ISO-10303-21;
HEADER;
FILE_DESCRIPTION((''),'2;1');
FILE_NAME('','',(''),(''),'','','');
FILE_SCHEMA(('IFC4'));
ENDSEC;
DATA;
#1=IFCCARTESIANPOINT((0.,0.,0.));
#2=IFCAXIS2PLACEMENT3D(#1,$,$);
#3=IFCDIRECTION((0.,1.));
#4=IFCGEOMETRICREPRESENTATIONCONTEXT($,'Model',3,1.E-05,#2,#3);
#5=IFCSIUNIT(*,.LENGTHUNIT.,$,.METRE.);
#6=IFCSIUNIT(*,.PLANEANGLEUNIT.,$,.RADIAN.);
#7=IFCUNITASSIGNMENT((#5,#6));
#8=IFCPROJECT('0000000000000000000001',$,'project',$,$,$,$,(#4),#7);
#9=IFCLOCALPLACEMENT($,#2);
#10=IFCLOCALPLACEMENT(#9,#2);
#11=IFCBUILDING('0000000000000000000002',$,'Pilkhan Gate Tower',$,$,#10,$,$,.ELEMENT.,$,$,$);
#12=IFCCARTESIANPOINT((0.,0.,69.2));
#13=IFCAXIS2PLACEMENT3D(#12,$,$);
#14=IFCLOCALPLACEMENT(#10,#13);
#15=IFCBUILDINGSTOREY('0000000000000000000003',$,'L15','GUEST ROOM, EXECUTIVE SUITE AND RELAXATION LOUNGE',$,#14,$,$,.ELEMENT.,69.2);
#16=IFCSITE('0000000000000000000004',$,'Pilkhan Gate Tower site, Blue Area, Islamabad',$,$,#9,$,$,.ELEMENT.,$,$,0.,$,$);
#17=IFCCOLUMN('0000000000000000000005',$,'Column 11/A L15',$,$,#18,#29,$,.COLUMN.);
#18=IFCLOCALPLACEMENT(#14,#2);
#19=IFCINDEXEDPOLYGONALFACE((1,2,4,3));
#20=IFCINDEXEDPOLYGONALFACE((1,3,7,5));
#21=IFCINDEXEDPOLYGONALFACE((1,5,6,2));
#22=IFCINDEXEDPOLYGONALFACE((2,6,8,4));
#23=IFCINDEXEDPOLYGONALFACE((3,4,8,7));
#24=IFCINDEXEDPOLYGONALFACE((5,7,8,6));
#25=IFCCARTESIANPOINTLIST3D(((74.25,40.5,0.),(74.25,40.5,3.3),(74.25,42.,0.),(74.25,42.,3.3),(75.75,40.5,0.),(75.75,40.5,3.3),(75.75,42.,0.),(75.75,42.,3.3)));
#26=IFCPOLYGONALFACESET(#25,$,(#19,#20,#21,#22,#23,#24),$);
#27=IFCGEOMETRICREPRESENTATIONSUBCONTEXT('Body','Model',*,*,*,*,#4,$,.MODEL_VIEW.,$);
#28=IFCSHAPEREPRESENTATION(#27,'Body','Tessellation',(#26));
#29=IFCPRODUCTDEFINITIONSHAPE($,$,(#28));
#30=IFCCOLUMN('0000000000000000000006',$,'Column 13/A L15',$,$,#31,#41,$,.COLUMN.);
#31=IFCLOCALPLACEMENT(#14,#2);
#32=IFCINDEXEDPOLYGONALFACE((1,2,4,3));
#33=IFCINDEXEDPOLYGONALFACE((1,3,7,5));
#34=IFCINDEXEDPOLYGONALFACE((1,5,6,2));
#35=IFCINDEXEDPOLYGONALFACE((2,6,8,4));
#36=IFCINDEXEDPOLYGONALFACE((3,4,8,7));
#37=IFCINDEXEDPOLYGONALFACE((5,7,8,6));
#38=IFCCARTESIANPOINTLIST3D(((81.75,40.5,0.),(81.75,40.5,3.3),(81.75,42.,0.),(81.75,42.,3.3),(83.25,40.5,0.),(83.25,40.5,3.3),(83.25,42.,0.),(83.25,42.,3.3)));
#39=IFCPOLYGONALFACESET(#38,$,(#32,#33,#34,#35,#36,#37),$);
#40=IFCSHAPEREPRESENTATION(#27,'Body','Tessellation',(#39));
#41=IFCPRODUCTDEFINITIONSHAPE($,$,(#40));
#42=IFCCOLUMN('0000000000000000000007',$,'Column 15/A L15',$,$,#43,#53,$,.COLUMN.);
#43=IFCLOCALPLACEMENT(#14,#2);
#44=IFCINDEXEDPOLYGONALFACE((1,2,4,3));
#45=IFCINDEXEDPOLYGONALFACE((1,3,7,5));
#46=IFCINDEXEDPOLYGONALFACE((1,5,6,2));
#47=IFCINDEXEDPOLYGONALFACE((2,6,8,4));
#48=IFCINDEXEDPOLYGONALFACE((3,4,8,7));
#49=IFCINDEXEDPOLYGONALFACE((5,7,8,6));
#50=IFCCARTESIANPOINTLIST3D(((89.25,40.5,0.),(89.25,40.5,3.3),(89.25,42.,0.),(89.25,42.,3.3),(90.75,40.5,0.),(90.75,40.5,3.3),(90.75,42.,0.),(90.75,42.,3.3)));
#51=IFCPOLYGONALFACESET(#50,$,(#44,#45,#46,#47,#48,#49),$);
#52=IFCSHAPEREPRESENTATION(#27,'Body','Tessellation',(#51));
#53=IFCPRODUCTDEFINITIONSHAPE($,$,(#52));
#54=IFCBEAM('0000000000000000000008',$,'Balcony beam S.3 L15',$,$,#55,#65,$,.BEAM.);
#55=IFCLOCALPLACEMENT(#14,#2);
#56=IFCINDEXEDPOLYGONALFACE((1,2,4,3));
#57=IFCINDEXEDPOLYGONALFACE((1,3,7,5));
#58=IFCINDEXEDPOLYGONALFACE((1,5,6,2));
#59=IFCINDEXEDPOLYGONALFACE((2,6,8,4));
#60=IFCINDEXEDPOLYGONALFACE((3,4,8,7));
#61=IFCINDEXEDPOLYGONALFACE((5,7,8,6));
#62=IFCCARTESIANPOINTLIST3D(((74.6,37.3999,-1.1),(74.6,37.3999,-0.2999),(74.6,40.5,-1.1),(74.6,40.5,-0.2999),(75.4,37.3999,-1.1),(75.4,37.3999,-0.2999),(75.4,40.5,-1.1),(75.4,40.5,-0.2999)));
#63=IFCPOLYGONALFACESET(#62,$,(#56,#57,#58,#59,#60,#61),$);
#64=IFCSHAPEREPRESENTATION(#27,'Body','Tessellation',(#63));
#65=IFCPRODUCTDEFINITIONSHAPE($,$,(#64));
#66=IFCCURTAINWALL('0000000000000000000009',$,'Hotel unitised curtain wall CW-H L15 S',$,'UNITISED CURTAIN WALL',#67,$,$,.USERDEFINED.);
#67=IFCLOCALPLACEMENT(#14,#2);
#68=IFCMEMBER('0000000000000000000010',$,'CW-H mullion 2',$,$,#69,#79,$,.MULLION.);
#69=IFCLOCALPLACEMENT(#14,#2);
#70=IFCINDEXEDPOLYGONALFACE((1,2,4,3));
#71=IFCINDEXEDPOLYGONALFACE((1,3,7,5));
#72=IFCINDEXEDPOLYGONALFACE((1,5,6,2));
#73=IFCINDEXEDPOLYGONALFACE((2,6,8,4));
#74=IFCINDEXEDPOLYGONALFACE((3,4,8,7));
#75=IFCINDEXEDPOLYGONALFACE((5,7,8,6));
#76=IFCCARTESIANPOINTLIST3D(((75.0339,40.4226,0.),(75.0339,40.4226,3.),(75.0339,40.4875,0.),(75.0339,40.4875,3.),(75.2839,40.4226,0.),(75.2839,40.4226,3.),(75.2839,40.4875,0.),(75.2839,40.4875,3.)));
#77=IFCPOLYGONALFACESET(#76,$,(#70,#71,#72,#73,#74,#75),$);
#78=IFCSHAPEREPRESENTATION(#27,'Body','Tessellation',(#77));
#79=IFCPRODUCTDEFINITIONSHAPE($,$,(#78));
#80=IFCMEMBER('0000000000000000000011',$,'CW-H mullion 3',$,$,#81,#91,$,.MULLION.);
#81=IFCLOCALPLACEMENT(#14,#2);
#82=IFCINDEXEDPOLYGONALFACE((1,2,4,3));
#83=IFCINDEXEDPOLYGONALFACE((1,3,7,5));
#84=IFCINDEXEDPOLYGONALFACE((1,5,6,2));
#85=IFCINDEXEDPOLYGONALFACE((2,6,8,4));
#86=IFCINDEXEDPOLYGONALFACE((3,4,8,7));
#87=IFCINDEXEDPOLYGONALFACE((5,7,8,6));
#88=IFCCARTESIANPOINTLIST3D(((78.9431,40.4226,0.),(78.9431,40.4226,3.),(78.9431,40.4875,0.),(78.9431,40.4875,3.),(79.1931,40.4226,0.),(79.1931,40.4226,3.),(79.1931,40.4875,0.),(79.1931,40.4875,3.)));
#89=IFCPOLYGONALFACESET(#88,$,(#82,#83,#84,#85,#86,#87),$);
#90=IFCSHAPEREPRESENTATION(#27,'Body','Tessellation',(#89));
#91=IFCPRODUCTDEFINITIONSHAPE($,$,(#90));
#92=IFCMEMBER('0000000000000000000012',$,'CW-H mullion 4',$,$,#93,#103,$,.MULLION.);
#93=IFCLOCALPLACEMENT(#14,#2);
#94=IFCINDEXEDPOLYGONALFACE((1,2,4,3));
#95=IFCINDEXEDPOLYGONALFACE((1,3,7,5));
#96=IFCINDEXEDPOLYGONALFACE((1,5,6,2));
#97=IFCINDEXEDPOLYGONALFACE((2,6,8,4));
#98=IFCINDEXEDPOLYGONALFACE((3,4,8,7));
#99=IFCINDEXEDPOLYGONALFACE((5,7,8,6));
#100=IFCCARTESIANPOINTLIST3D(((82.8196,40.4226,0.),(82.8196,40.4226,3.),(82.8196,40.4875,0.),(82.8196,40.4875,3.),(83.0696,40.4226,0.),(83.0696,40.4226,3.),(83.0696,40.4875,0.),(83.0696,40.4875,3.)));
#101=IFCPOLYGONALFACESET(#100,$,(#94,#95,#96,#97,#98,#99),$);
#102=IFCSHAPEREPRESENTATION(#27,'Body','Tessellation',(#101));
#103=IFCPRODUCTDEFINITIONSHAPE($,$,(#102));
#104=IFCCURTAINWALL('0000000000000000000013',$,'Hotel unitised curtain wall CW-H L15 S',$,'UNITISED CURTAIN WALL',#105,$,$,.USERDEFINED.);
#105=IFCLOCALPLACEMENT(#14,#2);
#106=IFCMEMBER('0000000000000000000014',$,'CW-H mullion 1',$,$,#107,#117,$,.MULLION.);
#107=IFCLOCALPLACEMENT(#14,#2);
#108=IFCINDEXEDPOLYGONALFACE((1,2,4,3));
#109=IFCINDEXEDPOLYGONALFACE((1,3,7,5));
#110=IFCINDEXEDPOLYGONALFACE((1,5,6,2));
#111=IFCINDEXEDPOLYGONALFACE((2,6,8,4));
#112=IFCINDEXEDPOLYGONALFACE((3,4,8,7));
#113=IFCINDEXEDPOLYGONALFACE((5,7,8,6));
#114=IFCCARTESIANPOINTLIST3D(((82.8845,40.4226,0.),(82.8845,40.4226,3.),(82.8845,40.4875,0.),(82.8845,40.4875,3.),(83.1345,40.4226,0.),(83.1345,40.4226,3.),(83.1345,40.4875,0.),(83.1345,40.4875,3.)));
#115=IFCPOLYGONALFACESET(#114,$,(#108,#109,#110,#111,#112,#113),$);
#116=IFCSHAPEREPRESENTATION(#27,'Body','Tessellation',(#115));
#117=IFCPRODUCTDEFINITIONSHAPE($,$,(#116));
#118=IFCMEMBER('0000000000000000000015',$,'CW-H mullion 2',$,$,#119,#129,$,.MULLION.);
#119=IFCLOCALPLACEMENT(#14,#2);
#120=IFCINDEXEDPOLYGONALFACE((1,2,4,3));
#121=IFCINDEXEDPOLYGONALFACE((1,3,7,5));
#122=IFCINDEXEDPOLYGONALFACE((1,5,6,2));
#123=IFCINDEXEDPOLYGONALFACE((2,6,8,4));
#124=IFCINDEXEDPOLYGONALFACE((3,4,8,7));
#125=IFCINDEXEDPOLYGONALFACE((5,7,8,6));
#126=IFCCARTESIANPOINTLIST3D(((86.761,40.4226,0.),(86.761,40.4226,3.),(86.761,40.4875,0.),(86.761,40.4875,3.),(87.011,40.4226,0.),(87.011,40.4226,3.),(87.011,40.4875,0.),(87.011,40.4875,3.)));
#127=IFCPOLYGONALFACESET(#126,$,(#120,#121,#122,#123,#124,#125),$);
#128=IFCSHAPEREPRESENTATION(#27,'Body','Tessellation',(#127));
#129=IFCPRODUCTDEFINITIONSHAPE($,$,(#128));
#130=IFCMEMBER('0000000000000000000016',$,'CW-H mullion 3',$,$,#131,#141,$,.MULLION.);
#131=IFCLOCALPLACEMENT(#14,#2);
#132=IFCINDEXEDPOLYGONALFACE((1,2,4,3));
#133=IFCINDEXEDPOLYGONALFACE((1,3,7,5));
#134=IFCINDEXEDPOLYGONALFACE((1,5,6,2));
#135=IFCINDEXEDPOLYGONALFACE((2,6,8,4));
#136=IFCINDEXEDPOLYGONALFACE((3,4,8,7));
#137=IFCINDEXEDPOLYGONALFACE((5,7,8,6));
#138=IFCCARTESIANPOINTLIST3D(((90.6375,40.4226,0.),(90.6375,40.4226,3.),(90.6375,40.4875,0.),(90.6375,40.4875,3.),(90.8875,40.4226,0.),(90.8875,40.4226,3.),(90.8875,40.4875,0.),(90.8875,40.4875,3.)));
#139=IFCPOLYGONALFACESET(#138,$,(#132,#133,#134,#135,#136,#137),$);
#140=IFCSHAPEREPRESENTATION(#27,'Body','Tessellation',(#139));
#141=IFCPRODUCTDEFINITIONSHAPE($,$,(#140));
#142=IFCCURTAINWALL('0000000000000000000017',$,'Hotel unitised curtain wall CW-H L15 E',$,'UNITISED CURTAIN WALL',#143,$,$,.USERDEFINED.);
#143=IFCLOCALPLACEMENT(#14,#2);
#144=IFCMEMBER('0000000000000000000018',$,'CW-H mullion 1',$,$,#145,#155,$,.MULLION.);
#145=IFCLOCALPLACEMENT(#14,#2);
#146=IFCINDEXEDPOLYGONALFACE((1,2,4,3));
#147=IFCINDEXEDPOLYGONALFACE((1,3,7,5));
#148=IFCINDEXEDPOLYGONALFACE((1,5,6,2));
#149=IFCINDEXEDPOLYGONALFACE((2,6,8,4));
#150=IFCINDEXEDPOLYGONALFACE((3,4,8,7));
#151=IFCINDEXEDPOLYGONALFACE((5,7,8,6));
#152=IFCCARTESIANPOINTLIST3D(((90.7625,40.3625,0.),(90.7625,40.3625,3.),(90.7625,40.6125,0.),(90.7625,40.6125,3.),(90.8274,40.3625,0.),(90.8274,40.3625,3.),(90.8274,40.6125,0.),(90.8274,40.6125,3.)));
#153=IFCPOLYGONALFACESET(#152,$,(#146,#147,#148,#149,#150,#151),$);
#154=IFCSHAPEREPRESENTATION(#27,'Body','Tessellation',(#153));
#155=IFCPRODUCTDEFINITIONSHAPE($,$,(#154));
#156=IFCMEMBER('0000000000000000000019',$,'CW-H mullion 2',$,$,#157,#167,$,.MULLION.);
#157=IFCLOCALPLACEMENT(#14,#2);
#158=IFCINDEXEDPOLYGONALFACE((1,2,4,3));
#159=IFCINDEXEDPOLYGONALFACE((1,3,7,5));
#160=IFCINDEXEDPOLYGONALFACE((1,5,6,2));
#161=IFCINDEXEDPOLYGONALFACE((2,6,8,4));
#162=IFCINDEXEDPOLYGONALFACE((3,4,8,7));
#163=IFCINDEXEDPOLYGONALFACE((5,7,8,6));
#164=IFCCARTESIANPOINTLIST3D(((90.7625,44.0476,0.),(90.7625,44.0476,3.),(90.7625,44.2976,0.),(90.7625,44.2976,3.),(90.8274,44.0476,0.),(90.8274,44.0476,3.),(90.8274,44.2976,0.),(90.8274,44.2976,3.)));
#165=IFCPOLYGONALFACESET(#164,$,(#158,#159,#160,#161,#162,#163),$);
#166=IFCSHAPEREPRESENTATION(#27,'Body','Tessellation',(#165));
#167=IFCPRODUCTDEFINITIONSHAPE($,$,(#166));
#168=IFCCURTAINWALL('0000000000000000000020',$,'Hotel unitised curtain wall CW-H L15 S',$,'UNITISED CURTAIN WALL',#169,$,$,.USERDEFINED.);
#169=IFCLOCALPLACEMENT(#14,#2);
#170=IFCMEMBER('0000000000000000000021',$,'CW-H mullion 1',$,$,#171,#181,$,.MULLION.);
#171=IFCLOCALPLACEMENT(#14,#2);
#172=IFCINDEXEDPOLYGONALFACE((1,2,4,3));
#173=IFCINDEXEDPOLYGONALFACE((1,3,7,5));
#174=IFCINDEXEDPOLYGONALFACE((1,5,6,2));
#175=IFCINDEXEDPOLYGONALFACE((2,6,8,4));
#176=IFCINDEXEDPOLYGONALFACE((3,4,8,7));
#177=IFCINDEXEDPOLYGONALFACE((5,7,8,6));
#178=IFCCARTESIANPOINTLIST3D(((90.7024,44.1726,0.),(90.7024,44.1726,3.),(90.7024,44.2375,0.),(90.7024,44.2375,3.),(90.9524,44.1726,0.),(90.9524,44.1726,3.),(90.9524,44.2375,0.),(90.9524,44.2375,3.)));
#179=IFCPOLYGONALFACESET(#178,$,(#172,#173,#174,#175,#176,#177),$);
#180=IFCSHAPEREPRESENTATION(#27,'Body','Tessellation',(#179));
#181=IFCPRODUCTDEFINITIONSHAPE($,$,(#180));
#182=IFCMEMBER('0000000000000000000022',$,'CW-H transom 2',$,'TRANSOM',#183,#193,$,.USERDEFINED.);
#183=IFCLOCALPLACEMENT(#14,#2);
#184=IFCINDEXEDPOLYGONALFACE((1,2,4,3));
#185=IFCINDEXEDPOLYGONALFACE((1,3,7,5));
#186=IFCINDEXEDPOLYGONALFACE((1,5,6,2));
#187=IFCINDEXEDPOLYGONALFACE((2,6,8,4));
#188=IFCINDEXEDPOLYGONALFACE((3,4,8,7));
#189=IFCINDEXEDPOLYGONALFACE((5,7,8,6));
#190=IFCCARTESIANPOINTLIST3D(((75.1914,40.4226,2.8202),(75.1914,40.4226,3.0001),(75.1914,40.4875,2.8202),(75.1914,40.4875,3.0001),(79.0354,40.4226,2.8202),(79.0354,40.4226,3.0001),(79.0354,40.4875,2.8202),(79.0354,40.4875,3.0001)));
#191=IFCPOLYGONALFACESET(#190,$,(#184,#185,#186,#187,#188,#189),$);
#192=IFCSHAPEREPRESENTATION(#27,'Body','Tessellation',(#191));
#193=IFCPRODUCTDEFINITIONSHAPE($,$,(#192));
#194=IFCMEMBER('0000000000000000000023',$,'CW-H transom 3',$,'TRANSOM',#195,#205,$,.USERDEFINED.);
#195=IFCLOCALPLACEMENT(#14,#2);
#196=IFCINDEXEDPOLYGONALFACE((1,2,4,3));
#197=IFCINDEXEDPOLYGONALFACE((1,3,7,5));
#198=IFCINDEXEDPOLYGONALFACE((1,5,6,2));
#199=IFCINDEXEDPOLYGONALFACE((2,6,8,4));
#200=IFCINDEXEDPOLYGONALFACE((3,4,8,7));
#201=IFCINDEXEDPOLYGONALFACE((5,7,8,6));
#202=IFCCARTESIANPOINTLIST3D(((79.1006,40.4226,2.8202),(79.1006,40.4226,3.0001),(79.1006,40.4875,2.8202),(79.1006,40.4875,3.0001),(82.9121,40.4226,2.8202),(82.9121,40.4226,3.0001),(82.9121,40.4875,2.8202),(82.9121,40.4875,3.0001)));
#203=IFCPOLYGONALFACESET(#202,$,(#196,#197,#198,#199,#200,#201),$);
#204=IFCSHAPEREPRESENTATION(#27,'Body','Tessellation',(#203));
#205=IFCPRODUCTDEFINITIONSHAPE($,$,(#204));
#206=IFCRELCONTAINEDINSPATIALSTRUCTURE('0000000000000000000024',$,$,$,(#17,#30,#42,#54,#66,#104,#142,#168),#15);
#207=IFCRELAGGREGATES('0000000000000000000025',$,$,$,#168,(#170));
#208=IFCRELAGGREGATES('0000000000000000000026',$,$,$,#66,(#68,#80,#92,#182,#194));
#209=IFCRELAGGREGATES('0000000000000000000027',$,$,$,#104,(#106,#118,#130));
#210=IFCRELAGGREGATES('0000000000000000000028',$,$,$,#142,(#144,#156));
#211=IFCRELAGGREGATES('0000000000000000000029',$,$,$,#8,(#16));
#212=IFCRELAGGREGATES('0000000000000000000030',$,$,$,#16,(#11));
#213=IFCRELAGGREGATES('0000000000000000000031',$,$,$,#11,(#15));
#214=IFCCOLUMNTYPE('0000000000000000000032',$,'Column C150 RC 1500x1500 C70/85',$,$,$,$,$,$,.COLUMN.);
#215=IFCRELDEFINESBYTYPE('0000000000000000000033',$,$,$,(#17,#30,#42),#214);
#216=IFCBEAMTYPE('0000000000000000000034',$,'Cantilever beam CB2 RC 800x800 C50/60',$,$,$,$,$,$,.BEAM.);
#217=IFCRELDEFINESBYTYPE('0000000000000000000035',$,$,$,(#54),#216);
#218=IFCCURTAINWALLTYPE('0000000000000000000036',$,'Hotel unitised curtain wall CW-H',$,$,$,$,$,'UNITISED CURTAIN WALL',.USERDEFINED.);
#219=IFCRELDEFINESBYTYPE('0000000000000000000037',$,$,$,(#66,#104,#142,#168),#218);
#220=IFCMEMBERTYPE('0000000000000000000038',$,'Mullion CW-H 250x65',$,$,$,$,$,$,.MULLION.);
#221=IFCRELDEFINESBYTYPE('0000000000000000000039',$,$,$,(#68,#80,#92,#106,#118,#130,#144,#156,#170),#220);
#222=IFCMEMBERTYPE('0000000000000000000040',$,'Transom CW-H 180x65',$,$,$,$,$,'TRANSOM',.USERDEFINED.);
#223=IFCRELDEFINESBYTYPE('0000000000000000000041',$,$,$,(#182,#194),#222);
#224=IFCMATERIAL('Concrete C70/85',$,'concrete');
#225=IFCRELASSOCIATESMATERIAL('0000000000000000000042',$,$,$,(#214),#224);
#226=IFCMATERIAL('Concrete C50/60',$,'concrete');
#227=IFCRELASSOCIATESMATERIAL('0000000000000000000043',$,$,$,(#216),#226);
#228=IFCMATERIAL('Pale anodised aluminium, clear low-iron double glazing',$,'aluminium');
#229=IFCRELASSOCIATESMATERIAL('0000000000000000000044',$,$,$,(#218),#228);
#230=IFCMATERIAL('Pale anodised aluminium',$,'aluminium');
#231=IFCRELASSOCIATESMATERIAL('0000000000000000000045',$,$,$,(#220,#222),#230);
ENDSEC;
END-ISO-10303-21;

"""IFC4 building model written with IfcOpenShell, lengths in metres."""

from ifc_helpers import new_model, si_unit, direction, frame, origin, origin_2d, place, context, subcontext, project, spatial, rectangle, extrude, material, material_profile, profile_set, type_object, element, aggregate, save


model = new_model("IFC4")

# Units and contexts
model_context = context("Model", 3, precision=1e-05, world=origin(), true_north=direction((0.0, 1.0)))
body_context = subcontext(model_context, "Body", "Model", "MODEL_VIEW")
ifc_project = project(units=[si_unit("LENGTHUNIT", "METRE"), si_unit("PLANEANGLEUNIT", "RADIAN")], contexts=[model_context])

# Site, building, storey
site_placement = place(None, origin())
site = spatial("IfcSite", under=ifc_project, at=site_placement, Name="Pilkhan Gate Tower site, Blue Area, Islamabad", CompositionType="ELEMENT", RefElevation=0.0)
building_placement = place(site_placement, origin())
building = spatial("IfcBuilding", under=site, at=building_placement, Name="Pilkhan Gate Tower", CompositionType="ELEMENT")
storey_placement = place(building_placement, frame((0.0, 0.0, 69.2)))
storey = spatial("IfcBuildingStorey", under=building, at=storey_placement, Name="L15", Description="GUEST ROOM, EXECUTIVE SUITE AND RELAXATION LOUNGE", CompositionType="ELEMENT", Elevation=69.2)

# Columns
ifc_material_1 = material(Name="Concrete C70/85", Category="concrete")
ifc_material_profile_1 = material_profile(ifc_material_1, rectangle(XDim=1.5, YDim=1.5, at=origin_2d()), Name="RC 1500x1500")
ifc_profile_set_1 = profile_set([ifc_material_profile_1], Name="Concrete C70/85")
column_type = type_object("IfcColumnType", Name="Column C150 RC 1500x1500 C70/85", PredefinedType="COLUMN", material=ifc_profile_set_1)
for number, where, z_axis, x_axis, name in (
    (1, (75.0, 41.25, 0.0), (0.0, 0.0, 1.0), (1.0, 0.0, 0.0), "Column 11/A L15"),
    (2, (82.5, 41.25, 0.0), (0.0, 0.0, 1.0), (1.0, 0.0, 0.0), "Column 13/A L15"),
    (3, (90.0, 41.25, 0.0), (0.0, 0.0, 1.0), (1.0, 0.0, 0.0), "Column 15/A L15"),
):
    element("IfcColumn", number, at=place(storey_placement, frame(where, z_axis=z_axis, x_axis=x_axis)), inside=storey, type_object=column_type, Name=name, PredefinedType="COLUMN", context=body_context, shape_type="SweptSolid", body=[
        extrude(rectangle(XDim=1.5, YDim=1.5, at=origin_2d()), origin(), (0.0, 0.0, 1.0), 3.3),
    ])

# Beam
ifc_material_2 = material(Name="Concrete C50/60", Category="concrete")
ifc_material_profile_2 = material_profile(ifc_material_2, rectangle(XDim=0.8, YDim=0.8, at=origin_2d()), Name="RC 800x800")
ifc_profile_set_2 = profile_set([ifc_material_profile_2], Name="Concrete C50/60")
beam_type = type_object("IfcBeamType", Name="Cantilever beam CB2 RC 800x800 C50/60", PredefinedType="BEAM", material=ifc_profile_set_2)
beam_placement = place(storey_placement, frame((75.0, 40.5, -0.7), z_axis=(0.0, -1.0, 0.0), x_axis=(1.0, 0.0, 0.0)))
element("IfcBeam", 4, at=beam_placement, inside=storey, type_object=beam_type, Name="Balcony beam S.3 L15", PredefinedType="BEAM", context=body_context, shape_type="SweptSolid", body=[
    extrude(rectangle(XDim=0.8, YDim=0.8, at=origin_2d()), origin(), (0.0, 0.0, 1.0), 3.1001),
])

# Curtain walls, members
ifc_material_3 = material(Name="Pale anodised aluminium, clear low-iron double glazing", Category="aluminium")
curtain_wall_type = type_object("IfcCurtainWallType", Name="Hotel unitised curtain wall CW-H", ElementType="UNITISED CURTAIN WALL", PredefinedType="USERDEFINED", material=ifc_material_3)
curtain_wall_1_placement = place(storey_placement, origin())
curtain_wall_1 = element("IfcCurtainWall", 5, at=curtain_wall_1_placement, inside=storey, type_object=curtain_wall_type, Name="Hotel unitised curtain wall CW-H L15 S", ObjectType="UNITISED CURTAIN WALL", PredefinedType="USERDEFINED")
ifc_material_4 = material(Name="Pale anodised aluminium", Category="aluminium")
ifc_material_profile_3 = material_profile(ifc_material_4, rectangle(XDim=0.0649, YDim=0.25, at=origin_2d()), Name="Mullion 250x65")
ifc_profile_set_3 = profile_set([ifc_material_profile_3], Name="Pale anodised aluminium")
member_type_1 = type_object("IfcMemberType", Name="Mullion CW-H 250x65", PredefinedType="MULLION", material=ifc_profile_set_3)
member_1_placement = place(storey_placement, frame((75.1589, 40.4551, 0.0), z_axis=(0.0, 0.0, 1.0), x_axis=(0.0, 1.0, 0.0)))
member_1 = element("IfcMember", 6, at=member_1_placement, type_object=member_type_1, Name="CW-H mullion 2", PredefinedType="MULLION", context=body_context, shape_type="SweptSolid", body=[
    extrude(rectangle(XDim=0.0649, YDim=0.25, at=origin_2d()), origin(), (0.0, 0.0, 1.0), 3.0),
])
member_2_placement = place(storey_placement, frame((79.0681, 40.4551, 0.0), z_axis=(0.0, 0.0, 1.0), x_axis=(0.0, 1.0, 0.0)))
member_2 = element("IfcMember", 7, at=member_2_placement, type_object=member_type_1, Name="CW-H mullion 3", PredefinedType="MULLION", context=body_context, shape_type="SweptSolid", body=[
    extrude(rectangle(XDim=0.0649, YDim=0.25, at=origin_2d()), origin(), (0.0, 0.0, 1.0), 3.0),
])
member_3_placement = place(storey_placement, frame((82.9446, 40.4551, 0.0), z_axis=(0.0, 0.0, 1.0), x_axis=(0.0, 1.0, 0.0)))
member_3 = element("IfcMember", 8, at=member_3_placement, type_object=member_type_1, Name="CW-H mullion 4", PredefinedType="MULLION", context=body_context, shape_type="SweptSolid", body=[
    extrude(rectangle(XDim=0.0649, YDim=0.25, at=origin_2d()), origin(), (0.0, 0.0, 1.0), 3.0),
])
curtain_wall_2_placement = place(storey_placement, origin())
curtain_wall_2 = element("IfcCurtainWall", 9, at=curtain_wall_2_placement, inside=storey, type_object=curtain_wall_type, Name="Hotel unitised curtain wall CW-H L15 S", ObjectType="UNITISED CURTAIN WALL", PredefinedType="USERDEFINED")
member_4_placement = place(storey_placement, frame((83.0095, 40.4551, 0.0), z_axis=(0.0, 0.0, 1.0), x_axis=(0.0, 1.0, 0.0)))
member_4 = element("IfcMember", 10, at=member_4_placement, type_object=member_type_1, Name="CW-H mullion 1", PredefinedType="MULLION", context=body_context, shape_type="SweptSolid", body=[
    extrude(rectangle(XDim=0.0649, YDim=0.25, at=origin_2d()), origin(), (0.0, 0.0, 1.0), 3.0),
])
member_5_placement = place(storey_placement, frame((86.886, 40.4551, 0.0), z_axis=(0.0, 0.0, 1.0), x_axis=(0.0, 1.0, 0.0)))
member_5 = element("IfcMember", 11, at=member_5_placement, type_object=member_type_1, Name="CW-H mullion 2", PredefinedType="MULLION", context=body_context, shape_type="SweptSolid", body=[
    extrude(rectangle(XDim=0.0649, YDim=0.25, at=origin_2d()), origin(), (0.0, 0.0, 1.0), 3.0),
])
member_6_placement = place(storey_placement, frame((90.7625, 40.4551, 0.0), z_axis=(0.0, 0.0, 1.0), x_axis=(0.0, 1.0, 0.0)))
member_6 = element("IfcMember", 12, at=member_6_placement, type_object=member_type_1, Name="CW-H mullion 3", PredefinedType="MULLION", context=body_context, shape_type="SweptSolid", body=[
    extrude(rectangle(XDim=0.0649, YDim=0.25, at=origin_2d()), origin(), (0.0, 0.0, 1.0), 3.0),
])
curtain_wall_3_placement = place(storey_placement, origin())
curtain_wall_3 = element("IfcCurtainWall", 13, at=curtain_wall_3_placement, inside=storey, type_object=curtain_wall_type, Name="Hotel unitised curtain wall CW-H L15 E", ObjectType="UNITISED CURTAIN WALL", PredefinedType="USERDEFINED")
member_7_placement = place(storey_placement, frame((90.7949, 40.4875, 0.0), z_axis=(0.0, 0.0, 1.0), x_axis=(-1.0, 0.0, 0.0)))
member_7 = element("IfcMember", 14, at=member_7_placement, type_object=member_type_1, Name="CW-H mullion 1", PredefinedType="MULLION", context=body_context, shape_type="SweptSolid", body=[
    extrude(rectangle(XDim=0.0649, YDim=0.25, at=origin_2d()), origin(), (0.0, 0.0, 1.0), 3.0),
])
member_8_placement = place(storey_placement, frame((90.7949, 44.1726, 0.0), z_axis=(0.0, 0.0, 1.0), x_axis=(-1.0, 0.0, 0.0)))
member_8 = element("IfcMember", 15, at=member_8_placement, type_object=member_type_1, Name="CW-H mullion 2", PredefinedType="MULLION", context=body_context, shape_type="SweptSolid", body=[
    extrude(rectangle(XDim=0.0649, YDim=0.25, at=origin_2d()), origin(), (0.0, 0.0, 1.0), 3.0),
])

# Curtain wall, member
curtain_wall_4_placement = place(storey_placement, origin())
curtain_wall_4 = element("IfcCurtainWall", 16, at=curtain_wall_4_placement, inside=storey, type_object=curtain_wall_type, Name="Hotel unitised curtain wall CW-H L15 S", ObjectType="UNITISED CURTAIN WALL", PredefinedType="USERDEFINED")
member_9_placement = place(storey_placement, frame((90.8274, 44.2051, 0.0), z_axis=(0.0, 0.0, 1.0), x_axis=(0.0, 1.0, 0.0)))
member_9 = element("IfcMember", 17, at=member_9_placement, type_object=member_type_1, Name="CW-H mullion 1", PredefinedType="MULLION", context=body_context, shape_type="SweptSolid", body=[
    extrude(rectangle(XDim=0.0649, YDim=0.25, at=origin_2d()), origin(), (0.0, 0.0, 1.0), 3.0),
])

# Members
ifc_material_profile_4 = material_profile(ifc_material_4, rectangle(XDim=0.0649, YDim=0.1799, at=origin_2d()), Name="Transom 180x65")
ifc_profile_set_4 = profile_set([ifc_material_profile_4], Name="Pale anodised aluminium")
member_type_2 = type_object("IfcMemberType", Name="Transom CW-H 180x65", ElementType="TRANSOM", PredefinedType="USERDEFINED", material=ifc_profile_set_4)
member_10_placement = place(storey_placement, frame((75.1914, 40.4551, 2.9102), z_axis=(1.0, 0.0, 0.0), x_axis=(0.0, 1.0, 0.0)))
member_10 = element("IfcMember", 18, at=member_10_placement, type_object=member_type_2, Name="CW-H transom 2", ObjectType="TRANSOM", PredefinedType="USERDEFINED", context=body_context, shape_type="SweptSolid", body=[
    extrude(rectangle(XDim=0.0649, YDim=0.1799, at=origin_2d()), origin(), (0.0, 0.0, 1.0), 3.844),
])
member_11_placement = place(storey_placement, frame((79.1006, 40.4551, 2.9102), z_axis=(1.0, 0.0, 0.0), x_axis=(0.0, 1.0, 0.0)))
member_11 = element("IfcMember", 19, at=member_11_placement, type_object=member_type_2, Name="CW-H transom 3", ObjectType="TRANSOM", PredefinedType="USERDEFINED", context=body_context, shape_type="SweptSolid", body=[
    extrude(rectangle(XDim=0.0649, YDim=0.1799, at=origin_2d()), origin(), (0.0, 0.0, 1.0), 3.8115),
])
aggregate(curtain_wall_4, [member_9])

aggregate(curtain_wall_1, [member_1, member_2, member_3, member_10, member_11])
aggregate(curtain_wall_2, [member_4, member_5, member_6])
aggregate(curtain_wall_3, [member_7, member_8])

save(model, "model.ifc")
